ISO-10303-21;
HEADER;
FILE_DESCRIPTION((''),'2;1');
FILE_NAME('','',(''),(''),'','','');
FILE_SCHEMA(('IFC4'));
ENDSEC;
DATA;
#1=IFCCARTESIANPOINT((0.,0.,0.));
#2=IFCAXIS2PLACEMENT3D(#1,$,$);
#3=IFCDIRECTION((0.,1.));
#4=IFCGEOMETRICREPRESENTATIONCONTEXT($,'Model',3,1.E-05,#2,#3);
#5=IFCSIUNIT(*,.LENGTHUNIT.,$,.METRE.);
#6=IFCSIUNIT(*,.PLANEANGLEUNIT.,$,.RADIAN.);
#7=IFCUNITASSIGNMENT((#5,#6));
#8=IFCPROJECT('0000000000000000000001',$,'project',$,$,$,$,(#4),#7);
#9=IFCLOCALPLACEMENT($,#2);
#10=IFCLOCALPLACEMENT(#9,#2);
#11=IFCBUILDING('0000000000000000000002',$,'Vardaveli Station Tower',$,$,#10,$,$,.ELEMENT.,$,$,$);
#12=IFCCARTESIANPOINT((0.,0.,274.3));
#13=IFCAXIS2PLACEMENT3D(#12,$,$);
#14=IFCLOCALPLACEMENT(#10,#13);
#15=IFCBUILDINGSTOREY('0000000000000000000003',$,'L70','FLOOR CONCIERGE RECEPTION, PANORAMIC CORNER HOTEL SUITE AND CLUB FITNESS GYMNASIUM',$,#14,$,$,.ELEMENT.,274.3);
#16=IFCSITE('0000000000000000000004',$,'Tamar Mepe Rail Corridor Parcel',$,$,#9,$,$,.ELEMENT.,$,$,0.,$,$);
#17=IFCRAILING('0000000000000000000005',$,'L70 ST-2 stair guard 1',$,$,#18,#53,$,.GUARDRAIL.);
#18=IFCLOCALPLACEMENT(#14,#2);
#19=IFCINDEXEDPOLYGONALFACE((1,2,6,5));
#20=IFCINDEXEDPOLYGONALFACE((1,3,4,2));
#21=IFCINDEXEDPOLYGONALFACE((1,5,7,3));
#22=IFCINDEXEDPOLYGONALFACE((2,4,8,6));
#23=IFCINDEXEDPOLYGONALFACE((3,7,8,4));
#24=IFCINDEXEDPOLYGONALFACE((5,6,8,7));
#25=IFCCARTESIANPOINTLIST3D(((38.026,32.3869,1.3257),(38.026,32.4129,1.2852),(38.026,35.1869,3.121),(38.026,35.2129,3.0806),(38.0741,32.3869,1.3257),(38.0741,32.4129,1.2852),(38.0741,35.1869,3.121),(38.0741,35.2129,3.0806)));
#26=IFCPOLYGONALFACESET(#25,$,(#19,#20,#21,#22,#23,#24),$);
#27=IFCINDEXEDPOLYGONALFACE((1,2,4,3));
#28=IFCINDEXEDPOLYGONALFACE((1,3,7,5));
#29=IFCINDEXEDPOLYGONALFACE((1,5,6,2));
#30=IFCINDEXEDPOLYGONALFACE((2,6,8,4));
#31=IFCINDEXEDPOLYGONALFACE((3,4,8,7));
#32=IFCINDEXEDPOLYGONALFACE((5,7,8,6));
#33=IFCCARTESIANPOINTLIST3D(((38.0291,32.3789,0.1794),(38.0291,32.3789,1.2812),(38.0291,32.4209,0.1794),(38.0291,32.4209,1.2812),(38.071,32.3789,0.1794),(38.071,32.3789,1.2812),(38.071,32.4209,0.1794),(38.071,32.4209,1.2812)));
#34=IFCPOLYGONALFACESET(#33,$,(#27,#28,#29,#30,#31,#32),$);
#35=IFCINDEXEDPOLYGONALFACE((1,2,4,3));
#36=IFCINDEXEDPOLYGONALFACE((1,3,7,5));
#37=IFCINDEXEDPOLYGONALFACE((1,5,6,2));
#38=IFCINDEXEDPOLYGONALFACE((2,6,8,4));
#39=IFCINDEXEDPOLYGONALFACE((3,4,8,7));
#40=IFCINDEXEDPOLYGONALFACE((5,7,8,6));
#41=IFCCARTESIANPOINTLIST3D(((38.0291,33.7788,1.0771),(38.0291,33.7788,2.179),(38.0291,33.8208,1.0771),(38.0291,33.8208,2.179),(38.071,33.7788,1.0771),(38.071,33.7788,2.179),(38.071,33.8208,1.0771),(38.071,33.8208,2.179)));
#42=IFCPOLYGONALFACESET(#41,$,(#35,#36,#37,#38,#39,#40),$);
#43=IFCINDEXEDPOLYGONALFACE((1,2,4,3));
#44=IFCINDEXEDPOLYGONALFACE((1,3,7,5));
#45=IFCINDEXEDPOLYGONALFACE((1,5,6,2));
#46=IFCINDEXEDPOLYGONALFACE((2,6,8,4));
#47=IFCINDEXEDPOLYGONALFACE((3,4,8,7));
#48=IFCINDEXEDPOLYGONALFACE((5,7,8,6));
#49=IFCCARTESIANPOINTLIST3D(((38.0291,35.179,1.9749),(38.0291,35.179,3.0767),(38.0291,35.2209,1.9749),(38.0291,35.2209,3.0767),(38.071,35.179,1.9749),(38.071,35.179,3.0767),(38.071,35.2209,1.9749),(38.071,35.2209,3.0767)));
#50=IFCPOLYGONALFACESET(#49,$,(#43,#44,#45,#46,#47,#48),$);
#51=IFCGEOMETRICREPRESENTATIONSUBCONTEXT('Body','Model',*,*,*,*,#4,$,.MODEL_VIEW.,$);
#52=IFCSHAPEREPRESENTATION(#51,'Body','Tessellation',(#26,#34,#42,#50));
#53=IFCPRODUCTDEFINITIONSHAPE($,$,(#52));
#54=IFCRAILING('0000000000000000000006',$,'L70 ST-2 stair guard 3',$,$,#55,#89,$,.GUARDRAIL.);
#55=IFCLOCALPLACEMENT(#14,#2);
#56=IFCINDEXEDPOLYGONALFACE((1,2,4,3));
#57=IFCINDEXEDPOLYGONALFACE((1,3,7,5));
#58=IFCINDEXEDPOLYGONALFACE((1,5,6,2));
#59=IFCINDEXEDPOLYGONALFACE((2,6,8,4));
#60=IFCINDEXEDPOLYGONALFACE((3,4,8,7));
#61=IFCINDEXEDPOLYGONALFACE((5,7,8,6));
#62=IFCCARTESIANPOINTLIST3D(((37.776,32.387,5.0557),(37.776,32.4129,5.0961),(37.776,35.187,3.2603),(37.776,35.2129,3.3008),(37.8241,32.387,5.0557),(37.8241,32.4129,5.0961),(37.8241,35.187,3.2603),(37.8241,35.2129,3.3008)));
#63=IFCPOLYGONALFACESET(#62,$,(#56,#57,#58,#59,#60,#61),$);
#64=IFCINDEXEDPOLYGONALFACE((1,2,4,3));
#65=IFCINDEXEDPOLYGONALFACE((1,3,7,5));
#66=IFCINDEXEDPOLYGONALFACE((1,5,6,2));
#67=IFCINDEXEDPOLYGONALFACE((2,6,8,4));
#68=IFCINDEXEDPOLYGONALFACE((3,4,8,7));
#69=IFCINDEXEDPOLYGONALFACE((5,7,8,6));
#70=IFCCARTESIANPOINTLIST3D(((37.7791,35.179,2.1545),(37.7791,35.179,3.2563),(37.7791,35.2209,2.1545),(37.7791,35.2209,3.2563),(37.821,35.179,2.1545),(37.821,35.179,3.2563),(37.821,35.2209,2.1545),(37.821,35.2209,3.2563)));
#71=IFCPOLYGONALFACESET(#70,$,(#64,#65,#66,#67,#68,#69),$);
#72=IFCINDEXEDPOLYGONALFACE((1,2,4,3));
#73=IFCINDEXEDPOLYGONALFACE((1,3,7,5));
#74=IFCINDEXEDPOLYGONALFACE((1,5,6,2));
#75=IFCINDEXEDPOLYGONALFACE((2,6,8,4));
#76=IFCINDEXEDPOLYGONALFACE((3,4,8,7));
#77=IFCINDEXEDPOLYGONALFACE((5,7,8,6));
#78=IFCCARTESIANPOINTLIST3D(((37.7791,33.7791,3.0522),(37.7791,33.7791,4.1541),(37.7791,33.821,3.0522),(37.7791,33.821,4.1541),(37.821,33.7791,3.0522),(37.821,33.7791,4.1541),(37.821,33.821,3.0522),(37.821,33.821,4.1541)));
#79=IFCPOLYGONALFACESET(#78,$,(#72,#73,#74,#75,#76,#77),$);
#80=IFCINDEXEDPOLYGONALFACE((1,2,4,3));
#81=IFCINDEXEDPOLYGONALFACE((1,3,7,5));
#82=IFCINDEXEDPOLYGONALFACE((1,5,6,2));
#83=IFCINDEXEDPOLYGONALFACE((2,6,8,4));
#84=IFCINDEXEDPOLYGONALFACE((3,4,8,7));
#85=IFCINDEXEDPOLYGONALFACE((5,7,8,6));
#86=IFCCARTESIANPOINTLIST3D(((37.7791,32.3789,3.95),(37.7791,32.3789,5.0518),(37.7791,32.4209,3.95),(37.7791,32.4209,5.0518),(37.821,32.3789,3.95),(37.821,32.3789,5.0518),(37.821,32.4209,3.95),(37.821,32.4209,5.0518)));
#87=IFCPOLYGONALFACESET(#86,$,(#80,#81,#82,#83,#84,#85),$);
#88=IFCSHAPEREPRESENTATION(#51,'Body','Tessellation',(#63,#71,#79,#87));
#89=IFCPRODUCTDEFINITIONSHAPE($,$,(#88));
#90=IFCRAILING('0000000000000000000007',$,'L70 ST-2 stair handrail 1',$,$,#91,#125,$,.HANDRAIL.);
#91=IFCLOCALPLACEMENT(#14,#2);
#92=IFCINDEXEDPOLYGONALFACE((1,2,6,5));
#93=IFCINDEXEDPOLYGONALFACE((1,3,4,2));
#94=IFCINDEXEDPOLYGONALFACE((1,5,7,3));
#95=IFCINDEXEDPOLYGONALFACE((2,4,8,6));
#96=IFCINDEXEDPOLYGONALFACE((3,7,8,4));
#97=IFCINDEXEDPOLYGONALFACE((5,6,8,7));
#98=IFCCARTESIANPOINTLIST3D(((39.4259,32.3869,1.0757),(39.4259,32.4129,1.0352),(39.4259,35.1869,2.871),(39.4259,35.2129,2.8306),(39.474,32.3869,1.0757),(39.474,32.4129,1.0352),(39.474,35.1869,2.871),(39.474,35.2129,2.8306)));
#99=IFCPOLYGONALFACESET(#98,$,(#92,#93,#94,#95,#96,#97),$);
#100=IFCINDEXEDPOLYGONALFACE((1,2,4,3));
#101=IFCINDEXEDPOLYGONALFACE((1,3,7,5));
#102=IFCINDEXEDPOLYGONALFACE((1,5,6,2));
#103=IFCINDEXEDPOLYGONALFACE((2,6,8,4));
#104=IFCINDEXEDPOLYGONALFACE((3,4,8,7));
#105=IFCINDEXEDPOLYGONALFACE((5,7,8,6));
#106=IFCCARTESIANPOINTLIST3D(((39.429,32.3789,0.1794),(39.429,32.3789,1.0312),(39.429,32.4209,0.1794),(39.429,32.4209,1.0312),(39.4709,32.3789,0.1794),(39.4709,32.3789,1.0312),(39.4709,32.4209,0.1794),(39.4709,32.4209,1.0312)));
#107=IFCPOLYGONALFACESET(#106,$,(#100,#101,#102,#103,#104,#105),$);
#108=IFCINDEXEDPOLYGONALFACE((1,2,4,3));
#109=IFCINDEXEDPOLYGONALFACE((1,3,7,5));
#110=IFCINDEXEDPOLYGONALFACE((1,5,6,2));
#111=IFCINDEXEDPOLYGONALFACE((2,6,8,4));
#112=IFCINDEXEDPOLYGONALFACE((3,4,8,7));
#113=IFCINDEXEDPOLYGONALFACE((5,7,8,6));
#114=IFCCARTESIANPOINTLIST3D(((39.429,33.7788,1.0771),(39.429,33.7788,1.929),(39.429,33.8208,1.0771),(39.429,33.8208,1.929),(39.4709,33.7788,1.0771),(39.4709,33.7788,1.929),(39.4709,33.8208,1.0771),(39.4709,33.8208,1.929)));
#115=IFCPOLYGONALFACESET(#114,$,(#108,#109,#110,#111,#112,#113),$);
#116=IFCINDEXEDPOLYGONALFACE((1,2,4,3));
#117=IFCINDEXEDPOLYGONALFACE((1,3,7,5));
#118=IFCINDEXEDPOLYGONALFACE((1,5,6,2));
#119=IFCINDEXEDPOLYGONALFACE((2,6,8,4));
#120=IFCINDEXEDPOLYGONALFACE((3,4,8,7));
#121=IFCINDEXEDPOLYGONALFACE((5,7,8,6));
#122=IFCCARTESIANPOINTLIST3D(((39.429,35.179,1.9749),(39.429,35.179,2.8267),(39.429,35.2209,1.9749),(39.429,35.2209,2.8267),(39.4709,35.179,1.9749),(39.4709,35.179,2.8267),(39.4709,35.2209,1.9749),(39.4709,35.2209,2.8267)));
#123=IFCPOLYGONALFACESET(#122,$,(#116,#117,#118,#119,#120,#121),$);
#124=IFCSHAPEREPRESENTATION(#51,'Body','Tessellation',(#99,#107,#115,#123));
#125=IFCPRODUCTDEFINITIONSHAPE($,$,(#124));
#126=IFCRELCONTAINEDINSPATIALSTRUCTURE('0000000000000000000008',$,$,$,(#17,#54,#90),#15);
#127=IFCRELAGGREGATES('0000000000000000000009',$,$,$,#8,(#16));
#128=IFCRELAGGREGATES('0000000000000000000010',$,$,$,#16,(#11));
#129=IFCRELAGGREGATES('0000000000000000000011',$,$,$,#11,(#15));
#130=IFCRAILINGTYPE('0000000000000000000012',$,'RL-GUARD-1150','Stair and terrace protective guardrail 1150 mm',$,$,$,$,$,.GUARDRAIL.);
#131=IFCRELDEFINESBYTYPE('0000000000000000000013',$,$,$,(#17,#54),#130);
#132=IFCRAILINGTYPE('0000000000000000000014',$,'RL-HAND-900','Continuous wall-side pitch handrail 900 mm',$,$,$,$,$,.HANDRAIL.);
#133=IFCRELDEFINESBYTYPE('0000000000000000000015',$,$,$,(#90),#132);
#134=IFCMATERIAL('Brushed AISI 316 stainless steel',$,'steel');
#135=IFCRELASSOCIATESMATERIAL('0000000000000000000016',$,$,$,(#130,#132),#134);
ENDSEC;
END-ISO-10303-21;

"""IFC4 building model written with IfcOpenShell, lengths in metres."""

from ifc_helpers import new_model, si_unit, direction, frame, origin, origin_2d, place, context, subcontext, project, spatial, rectangle, extrude, source, transform, mapped, material, type_object, element, save


model = new_model("IFC4")

# Units and contexts
model_context = context("Model", 3, precision=1e-05, world=origin(), true_north=direction((0.0, 1.0)))
body_context = subcontext(model_context, "Body", "Model", "MODEL_VIEW")
ifc_project = project(units=[si_unit("LENGTHUNIT", "METRE"), si_unit("PLANEANGLEUNIT", "RADIAN")], contexts=[model_context])

# Site, building, storey
site_placement = place(None, origin())
site = spatial("IfcSite", under=ifc_project, at=site_placement, Name="Tamar Mepe Rail Corridor Parcel", CompositionType="ELEMENT", RefElevation=0.0)
building_placement = place(site_placement, origin())
building = spatial("IfcBuilding", under=site, at=building_placement, Name="Vardaveli Station Tower", CompositionType="ELEMENT")
storey_placement = place(building_placement, frame((0.0, 0.0, 274.3)))
storey = spatial("IfcBuildingStorey", under=building, at=storey_placement, Name="L70", Description="FLOOR CONCIERGE RECEPTION, PANORAMIC CORNER HOTEL SUITE AND CLUB FITNESS GYMNASIUM", CompositionType="ELEMENT", Elevation=274.3)

# Railings
ifc_material_1 = material(Name="Brushed AISI 316 stainless steel", Category="steel")
railing_type_1 = type_object("IfcRailingType", Name="RL-GUARD-1150", Description="Stair and terrace protective guardrail 1150 mm", PredefinedType="GUARDRAIL", material=ifc_material_1)
shared_shape_1 = source(origin(), body_context, "Body", "SweptSolid", [
    extrude(rectangle(XDim=0.0481, YDim=0.0481, at=origin_2d()), frame((0.0, 0.0, 1.126), z_axis=(0.0, 0.84181, 0.539774), x_axis=(-1.0, 0.0, 0.0)), (0.0, 0.0, 1.0), 3.3262),
    extrude(rectangle(XDim=0.042, YDim=0.042, at=origin_2d()), origin(), (0.0, 0.0, 1.0), 1.1018),
    extrude(rectangle(XDim=0.042, YDim=0.042, at=origin_2d()), frame((0.0, 1.3999, 0.8977)), (0.0, 0.0, 1.0), 1.1018),
    extrude(rectangle(XDim=0.042, YDim=0.042, at=origin_2d()), frame((0.0, 2.8, 1.7954)), (0.0, 0.0, 1.0), 1.1018),
])
railing_1_placement = place(storey_placement, frame((38.05, 32.3999, 0.1794)))
element("IfcRailing", 1, at=railing_1_placement, inside=storey, type_object=railing_type_1, Name="L70 ST-2 stair guard 1", PredefinedType="GUARDRAIL", context=body_context, shape_type="MappedRepresentation", body=[
    mapped(shared_shape_1, transform((0.0, 0.0, 0.0), scale=1.0)),
])
shared_shape_2 = source(origin(), body_context, "Body", "SweptSolid", [
    extrude(rectangle(XDim=0.0481, YDim=0.0481, at=origin_2d()), frame((0.0, 0.0, 1.126), z_axis=(0.0, -0.84181, 0.539774), x_axis=(1.0, 0.0, 0.0)), (0.0, 0.0, 1.0), 3.3262),
    extrude(rectangle(XDim=0.042, YDim=0.042, at=origin_2d()), origin(), (0.0, 0.0, 1.0), 1.1018),
    extrude(rectangle(XDim=0.042, YDim=0.042, at=origin_2d()), frame((0.0, -1.3999, 0.8977)), (0.0, 0.0, 1.0), 1.1018),
    extrude(rectangle(XDim=0.042, YDim=0.042, at=origin_2d()), frame((0.0, -2.8, 1.7954)), (0.0, 0.0, 1.0), 1.1018),
])
railing_2_placement = place(storey_placement, frame((37.8, 35.2, 2.1545)))
element("IfcRailing", 2, at=railing_2_placement, inside=storey, type_object=railing_type_1, Name="L70 ST-2 stair guard 3", PredefinedType="GUARDRAIL", context=body_context, shape_type="MappedRepresentation", body=[
    mapped(shared_shape_2, transform((0.0, 0.0, 0.0), scale=1.0)),
])
railing_type_2 = type_object("IfcRailingType", Name="RL-HAND-900", Description="Continuous wall-side pitch handrail 900 mm", PredefinedType="HANDRAIL", material=ifc_material_1)
shared_shape_3 = source(origin(), body_context, "Body", "SweptSolid", [
    extrude(rectangle(XDim=0.0481, YDim=0.0481, at=origin_2d()), frame((0.0, 0.0, 0.876), z_axis=(0.0, 0.84181, 0.539774), x_axis=(-1.0, 0.0, 0.0)), (0.0, 0.0, 1.0), 3.3262),
    extrude(rectangle(XDim=0.042, YDim=0.042, at=origin_2d()), origin(), (0.0, 0.0, 1.0), 0.8518),
    extrude(rectangle(XDim=0.042, YDim=0.042, at=origin_2d()), frame((0.0, 1.3999, 0.8977)), (0.0, 0.0, 1.0), 0.8518),
    extrude(rectangle(XDim=0.042, YDim=0.042, at=origin_2d()), frame((0.0, 2.8, 1.7954)), (0.0, 0.0, 1.0), 0.8518),
])
railing_3_placement = place(storey_placement, frame((39.45, 32.3999, 0.1794)))
element("IfcRailing", 3, at=railing_3_placement, inside=storey, type_object=railing_type_2, Name="L70 ST-2 stair handrail 1", PredefinedType="HANDRAIL", context=body_context, shape_type="MappedRepresentation", body=[
    mapped(shared_shape_3, transform((0.0, 0.0, 0.0), scale=1.0)),
])

save(model, "model.ifc")
